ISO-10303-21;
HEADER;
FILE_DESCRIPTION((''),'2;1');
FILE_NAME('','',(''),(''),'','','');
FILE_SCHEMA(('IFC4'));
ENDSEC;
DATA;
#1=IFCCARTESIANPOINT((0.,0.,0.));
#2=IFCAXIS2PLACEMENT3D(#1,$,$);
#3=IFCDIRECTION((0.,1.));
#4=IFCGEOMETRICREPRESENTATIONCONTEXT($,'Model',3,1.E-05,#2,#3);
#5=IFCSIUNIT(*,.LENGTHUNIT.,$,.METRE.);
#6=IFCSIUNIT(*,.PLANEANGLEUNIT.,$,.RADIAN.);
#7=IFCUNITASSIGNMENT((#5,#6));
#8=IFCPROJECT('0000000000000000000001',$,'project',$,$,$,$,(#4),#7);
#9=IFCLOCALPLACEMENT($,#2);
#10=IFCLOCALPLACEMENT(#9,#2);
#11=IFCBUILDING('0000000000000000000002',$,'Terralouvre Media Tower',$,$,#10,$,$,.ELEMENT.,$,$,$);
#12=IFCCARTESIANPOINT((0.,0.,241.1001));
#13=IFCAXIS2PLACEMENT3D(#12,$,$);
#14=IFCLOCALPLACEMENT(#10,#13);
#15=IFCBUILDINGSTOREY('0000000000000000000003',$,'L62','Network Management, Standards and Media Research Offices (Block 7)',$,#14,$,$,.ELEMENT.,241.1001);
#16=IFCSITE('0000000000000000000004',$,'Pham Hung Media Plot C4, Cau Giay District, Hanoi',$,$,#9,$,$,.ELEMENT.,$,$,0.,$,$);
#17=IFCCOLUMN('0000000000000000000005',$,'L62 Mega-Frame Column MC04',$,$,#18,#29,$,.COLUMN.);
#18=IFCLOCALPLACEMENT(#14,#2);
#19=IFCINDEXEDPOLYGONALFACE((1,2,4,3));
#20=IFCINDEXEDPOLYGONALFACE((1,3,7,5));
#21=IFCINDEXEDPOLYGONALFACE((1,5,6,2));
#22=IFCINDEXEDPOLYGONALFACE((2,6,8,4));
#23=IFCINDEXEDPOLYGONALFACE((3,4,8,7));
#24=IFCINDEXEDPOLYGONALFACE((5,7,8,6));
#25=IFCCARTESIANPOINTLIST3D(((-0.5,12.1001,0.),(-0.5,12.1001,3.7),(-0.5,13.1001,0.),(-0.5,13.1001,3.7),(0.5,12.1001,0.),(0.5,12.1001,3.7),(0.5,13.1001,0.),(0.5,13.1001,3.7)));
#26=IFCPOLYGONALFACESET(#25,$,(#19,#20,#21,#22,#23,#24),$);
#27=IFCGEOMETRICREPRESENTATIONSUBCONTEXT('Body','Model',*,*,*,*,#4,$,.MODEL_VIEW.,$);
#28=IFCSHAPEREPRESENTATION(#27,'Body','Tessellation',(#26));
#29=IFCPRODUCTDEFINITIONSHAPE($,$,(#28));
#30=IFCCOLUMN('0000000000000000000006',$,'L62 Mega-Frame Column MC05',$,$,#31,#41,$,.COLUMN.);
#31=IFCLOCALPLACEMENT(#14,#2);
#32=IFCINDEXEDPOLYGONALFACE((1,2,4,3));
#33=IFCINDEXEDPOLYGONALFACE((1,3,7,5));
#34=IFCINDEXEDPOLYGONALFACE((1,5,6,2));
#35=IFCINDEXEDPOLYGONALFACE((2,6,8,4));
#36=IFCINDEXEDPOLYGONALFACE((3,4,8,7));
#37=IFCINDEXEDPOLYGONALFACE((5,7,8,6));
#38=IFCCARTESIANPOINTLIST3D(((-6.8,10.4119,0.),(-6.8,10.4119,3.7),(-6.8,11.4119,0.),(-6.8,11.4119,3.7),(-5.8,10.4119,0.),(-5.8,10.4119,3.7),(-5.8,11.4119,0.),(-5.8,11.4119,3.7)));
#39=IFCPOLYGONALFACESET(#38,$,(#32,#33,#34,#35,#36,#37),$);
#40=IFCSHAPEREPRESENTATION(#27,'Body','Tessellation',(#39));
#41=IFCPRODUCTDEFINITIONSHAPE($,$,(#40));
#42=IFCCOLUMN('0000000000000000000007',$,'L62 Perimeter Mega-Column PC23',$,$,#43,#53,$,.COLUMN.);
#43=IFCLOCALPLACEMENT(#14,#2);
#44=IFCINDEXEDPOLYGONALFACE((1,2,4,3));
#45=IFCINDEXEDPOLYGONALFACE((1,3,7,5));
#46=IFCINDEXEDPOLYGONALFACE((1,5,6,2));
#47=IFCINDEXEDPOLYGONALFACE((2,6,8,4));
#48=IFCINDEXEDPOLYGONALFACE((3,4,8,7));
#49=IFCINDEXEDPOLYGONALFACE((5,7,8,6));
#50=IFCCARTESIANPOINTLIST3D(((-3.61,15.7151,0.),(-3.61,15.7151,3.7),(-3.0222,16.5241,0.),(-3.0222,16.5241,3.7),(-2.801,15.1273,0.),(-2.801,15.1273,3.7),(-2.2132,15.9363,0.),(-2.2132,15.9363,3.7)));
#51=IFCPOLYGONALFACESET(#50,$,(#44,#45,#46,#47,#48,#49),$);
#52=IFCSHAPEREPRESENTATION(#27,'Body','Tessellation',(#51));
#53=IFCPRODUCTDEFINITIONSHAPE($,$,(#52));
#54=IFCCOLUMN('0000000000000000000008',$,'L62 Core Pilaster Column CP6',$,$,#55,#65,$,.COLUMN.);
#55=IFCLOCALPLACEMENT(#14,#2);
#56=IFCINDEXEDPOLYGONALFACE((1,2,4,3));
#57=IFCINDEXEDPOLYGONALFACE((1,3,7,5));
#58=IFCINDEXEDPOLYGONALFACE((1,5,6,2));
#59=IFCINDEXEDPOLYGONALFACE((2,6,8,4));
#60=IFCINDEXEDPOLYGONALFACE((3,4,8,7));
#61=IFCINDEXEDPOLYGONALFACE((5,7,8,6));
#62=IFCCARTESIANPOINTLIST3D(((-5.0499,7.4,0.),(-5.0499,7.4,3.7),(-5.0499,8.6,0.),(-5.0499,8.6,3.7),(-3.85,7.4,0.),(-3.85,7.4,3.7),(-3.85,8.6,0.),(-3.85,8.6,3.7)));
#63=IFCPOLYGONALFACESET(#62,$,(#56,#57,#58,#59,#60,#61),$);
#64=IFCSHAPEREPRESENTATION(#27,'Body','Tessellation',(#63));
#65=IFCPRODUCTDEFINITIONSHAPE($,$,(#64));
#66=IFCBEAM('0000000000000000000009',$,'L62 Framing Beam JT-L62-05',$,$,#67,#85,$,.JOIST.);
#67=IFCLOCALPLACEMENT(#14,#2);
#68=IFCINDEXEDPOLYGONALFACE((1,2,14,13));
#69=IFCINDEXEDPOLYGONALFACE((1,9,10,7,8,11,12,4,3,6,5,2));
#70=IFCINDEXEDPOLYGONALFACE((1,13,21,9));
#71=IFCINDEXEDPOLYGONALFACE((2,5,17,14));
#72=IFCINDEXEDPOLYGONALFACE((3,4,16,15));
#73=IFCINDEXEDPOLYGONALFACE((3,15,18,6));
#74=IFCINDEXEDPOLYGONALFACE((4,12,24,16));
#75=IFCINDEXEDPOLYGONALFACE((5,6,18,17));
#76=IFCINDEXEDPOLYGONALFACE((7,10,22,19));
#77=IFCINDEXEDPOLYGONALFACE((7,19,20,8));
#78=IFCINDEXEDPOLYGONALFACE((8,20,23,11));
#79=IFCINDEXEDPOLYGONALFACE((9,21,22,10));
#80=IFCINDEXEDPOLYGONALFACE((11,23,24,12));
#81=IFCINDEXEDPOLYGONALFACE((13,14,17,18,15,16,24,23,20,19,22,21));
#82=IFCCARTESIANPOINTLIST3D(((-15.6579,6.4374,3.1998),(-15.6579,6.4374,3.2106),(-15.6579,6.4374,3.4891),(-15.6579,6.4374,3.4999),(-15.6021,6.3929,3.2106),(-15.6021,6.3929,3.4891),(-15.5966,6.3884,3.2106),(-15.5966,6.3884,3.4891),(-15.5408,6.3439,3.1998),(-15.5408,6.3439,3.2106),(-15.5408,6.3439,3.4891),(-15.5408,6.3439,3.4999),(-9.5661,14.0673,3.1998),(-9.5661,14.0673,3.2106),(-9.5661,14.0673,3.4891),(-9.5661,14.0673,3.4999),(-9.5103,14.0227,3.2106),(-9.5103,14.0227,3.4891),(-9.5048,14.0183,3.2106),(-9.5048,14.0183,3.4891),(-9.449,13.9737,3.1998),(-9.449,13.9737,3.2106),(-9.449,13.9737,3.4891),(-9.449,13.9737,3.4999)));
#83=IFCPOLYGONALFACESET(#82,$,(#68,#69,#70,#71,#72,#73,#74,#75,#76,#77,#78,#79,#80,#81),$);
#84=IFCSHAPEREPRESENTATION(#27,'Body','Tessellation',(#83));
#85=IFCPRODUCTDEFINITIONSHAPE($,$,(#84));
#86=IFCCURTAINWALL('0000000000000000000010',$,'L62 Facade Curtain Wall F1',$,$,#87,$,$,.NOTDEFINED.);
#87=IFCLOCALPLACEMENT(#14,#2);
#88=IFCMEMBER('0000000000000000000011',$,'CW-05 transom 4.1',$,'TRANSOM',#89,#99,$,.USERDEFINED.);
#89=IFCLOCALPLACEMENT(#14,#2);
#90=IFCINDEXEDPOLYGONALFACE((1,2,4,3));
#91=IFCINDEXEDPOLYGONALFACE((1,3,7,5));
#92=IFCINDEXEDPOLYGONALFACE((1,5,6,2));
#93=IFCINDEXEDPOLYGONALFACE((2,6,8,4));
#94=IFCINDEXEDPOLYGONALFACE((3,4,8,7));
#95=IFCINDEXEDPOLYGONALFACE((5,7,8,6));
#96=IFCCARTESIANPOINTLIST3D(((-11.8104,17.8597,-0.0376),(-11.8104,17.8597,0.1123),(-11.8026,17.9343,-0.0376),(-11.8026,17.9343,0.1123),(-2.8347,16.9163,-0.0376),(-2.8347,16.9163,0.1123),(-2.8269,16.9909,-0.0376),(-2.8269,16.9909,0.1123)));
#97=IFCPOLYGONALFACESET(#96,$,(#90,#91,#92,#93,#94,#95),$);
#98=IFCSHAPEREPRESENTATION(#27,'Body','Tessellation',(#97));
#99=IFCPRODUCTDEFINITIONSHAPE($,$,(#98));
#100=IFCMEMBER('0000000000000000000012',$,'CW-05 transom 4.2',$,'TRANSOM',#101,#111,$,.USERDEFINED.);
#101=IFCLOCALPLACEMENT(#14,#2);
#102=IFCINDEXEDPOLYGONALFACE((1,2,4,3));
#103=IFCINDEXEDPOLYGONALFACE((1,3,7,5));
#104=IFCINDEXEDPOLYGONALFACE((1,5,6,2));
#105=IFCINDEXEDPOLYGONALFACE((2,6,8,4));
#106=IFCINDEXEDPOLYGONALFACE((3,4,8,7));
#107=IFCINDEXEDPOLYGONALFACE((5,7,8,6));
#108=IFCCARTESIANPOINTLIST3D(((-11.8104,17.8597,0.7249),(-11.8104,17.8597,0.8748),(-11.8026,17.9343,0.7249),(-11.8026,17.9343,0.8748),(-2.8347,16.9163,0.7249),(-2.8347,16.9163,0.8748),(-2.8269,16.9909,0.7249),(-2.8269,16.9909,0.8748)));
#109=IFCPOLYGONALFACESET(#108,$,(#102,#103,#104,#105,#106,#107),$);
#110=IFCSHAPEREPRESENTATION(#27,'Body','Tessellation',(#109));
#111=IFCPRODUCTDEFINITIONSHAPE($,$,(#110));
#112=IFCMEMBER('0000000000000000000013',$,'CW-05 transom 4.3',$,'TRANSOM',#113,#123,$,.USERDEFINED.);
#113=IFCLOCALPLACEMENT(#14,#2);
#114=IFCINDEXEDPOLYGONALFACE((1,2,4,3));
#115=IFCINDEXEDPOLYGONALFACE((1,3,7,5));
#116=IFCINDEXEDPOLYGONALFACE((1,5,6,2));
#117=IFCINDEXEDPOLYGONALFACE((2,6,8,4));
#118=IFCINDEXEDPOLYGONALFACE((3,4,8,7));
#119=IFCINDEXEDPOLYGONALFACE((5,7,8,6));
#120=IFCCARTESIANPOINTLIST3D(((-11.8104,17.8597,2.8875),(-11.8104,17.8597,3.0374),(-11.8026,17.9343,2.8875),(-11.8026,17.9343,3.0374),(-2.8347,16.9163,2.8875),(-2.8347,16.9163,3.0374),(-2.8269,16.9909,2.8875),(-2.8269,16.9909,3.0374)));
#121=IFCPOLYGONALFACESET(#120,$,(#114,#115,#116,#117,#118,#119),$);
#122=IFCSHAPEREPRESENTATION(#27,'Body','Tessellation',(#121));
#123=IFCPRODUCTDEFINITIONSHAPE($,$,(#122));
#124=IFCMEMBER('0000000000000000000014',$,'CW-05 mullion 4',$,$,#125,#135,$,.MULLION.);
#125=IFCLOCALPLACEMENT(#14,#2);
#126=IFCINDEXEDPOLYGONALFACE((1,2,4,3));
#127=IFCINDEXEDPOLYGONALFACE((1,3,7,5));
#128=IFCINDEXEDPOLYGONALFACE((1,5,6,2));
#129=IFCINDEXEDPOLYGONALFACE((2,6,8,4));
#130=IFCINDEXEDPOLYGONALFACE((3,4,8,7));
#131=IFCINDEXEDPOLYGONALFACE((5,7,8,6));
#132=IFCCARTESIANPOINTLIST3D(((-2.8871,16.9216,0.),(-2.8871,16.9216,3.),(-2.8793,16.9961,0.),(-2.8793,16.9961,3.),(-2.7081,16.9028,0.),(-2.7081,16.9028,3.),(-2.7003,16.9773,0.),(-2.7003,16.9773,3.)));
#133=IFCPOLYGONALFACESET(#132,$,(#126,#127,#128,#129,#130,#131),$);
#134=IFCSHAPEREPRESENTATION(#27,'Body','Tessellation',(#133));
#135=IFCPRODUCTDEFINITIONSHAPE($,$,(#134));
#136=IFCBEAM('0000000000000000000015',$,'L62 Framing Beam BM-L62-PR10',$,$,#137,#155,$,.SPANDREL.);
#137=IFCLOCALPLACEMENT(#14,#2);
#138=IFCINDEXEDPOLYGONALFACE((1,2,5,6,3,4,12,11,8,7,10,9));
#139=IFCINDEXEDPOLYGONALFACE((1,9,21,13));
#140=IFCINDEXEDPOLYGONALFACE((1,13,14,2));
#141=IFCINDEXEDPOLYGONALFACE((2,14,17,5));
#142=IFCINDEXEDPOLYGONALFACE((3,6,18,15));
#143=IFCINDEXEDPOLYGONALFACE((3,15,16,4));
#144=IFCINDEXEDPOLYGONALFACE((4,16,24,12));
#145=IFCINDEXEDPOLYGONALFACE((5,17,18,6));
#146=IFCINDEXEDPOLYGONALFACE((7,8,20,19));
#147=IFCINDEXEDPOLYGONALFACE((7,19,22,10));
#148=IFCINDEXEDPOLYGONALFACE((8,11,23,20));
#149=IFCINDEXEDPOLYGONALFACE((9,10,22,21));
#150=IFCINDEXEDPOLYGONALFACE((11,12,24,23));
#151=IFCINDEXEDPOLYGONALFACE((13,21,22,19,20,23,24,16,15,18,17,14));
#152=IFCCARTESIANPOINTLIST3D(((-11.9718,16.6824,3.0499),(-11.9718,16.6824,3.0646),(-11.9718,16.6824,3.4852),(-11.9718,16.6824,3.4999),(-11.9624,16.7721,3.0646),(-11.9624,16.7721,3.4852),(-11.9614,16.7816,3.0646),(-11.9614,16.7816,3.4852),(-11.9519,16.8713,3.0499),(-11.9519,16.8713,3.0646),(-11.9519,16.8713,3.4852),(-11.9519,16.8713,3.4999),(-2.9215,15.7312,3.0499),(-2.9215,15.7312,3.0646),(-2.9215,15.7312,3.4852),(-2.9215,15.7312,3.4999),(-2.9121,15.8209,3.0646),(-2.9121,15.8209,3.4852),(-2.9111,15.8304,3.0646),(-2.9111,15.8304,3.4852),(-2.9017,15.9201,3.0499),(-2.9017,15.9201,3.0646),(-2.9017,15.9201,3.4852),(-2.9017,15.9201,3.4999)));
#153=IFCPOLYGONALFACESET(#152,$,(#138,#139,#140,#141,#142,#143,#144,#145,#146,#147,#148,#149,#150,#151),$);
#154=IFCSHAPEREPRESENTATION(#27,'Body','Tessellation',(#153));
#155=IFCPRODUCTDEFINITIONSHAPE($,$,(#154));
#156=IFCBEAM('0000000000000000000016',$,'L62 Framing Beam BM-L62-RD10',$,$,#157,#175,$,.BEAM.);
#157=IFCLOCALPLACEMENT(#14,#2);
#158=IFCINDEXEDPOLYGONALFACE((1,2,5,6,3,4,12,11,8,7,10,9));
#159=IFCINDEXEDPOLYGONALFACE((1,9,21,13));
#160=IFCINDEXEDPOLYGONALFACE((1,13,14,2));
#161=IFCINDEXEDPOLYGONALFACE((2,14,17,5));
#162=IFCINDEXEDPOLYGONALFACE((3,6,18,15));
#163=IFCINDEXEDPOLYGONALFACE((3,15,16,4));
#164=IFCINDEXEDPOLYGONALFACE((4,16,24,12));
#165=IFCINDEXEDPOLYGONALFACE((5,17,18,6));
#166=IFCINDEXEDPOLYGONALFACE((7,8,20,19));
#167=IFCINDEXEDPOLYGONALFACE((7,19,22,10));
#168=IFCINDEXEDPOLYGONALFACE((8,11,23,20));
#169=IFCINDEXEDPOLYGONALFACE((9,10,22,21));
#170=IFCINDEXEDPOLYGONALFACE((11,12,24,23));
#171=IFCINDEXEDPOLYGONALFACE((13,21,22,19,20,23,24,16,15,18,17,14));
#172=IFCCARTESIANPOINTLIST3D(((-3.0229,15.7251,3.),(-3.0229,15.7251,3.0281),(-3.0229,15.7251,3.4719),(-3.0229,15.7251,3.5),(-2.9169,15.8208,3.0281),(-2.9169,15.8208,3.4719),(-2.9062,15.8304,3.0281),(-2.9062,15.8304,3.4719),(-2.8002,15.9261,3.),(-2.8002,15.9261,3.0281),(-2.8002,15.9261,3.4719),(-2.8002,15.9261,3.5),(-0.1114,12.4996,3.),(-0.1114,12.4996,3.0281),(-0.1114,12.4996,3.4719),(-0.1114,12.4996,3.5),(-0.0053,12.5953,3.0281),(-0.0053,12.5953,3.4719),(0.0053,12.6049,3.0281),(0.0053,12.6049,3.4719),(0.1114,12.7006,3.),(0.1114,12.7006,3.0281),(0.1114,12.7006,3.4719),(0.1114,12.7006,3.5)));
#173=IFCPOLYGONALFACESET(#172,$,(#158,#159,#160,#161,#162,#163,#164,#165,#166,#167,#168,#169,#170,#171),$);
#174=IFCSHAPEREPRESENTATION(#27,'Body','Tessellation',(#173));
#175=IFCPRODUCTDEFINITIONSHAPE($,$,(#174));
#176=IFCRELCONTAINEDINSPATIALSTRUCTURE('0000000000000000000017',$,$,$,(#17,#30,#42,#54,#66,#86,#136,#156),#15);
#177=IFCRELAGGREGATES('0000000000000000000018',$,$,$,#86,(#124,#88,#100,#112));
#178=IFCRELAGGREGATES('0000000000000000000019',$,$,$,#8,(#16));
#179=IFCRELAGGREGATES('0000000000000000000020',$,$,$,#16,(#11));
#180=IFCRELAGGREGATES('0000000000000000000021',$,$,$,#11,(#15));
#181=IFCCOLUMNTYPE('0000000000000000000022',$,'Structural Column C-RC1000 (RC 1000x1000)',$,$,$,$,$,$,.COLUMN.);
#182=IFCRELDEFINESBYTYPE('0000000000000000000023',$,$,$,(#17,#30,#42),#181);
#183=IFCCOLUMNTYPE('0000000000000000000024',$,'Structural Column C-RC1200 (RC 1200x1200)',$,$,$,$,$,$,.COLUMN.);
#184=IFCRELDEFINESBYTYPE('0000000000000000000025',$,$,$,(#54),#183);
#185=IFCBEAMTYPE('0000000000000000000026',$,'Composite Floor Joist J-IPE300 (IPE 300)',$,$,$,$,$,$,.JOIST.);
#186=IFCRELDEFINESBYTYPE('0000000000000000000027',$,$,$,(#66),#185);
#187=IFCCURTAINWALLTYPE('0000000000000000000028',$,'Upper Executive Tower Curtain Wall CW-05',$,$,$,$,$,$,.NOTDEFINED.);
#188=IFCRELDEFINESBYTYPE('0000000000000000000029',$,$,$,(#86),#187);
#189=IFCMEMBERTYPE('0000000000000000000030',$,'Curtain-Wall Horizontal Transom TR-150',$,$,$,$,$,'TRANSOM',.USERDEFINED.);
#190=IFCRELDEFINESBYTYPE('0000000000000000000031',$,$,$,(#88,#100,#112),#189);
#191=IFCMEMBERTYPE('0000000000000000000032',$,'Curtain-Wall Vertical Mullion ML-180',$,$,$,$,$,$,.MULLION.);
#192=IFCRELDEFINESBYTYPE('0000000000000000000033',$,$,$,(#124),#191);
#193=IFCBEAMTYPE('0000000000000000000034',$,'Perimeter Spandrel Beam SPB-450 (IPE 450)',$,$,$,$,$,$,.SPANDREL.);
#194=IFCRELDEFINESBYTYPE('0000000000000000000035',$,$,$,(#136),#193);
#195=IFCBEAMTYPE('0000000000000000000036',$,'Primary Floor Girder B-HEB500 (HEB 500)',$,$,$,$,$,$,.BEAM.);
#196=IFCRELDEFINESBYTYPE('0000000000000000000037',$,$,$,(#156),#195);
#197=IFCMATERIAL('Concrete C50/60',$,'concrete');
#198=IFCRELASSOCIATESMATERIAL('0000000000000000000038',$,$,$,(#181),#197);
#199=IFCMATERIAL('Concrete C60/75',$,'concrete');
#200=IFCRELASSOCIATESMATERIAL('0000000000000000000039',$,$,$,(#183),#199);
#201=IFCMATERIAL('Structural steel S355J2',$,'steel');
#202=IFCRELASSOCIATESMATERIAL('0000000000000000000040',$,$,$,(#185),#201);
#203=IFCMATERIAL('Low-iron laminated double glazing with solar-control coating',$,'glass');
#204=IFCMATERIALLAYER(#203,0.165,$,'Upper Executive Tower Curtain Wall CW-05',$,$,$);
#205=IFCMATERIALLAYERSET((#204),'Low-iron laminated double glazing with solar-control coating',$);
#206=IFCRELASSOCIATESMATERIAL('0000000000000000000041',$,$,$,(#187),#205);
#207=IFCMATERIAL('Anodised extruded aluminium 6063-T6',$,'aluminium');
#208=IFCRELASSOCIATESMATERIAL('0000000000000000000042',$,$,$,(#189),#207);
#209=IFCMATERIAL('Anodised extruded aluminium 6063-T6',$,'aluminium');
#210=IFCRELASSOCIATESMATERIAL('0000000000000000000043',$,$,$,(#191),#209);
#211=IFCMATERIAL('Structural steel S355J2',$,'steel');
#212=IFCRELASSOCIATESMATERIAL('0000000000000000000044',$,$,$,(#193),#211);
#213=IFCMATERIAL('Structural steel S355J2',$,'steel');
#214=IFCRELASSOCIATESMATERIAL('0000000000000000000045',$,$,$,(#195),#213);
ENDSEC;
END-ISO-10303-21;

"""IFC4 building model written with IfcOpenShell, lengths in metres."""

from ifc_helpers import new_model, si_unit, direction, frame, origin, origin_2d, place, context, subcontext, project, spatial, rectangle, i_section, extrude, material, layer, layer_set, material_profile, profile_set, type_object, element, aggregate, save


model = new_model("IFC4")

# Units and contexts
model_context = context("Model", 3, precision=1e-05, world=origin(), true_north=direction((0.0, 1.0)))
body_context = subcontext(model_context, "Body", "Model", "MODEL_VIEW")
ifc_project = project(units=[si_unit("LENGTHUNIT", "METRE"), si_unit("PLANEANGLEUNIT", "RADIAN")], contexts=[model_context])

# Site, building, storey
site_placement = place(None, origin())
site = spatial("IfcSite", under=ifc_project, at=site_placement, Name="Pham Hung Media Plot C4, Cau Giay District, Hanoi", CompositionType="ELEMENT", RefElevation=0.0)
building_placement = place(site_placement, origin())
building = spatial("IfcBuilding", under=site, at=building_placement, Name="Terralouvre Media Tower", CompositionType="ELEMENT")
storey_placement = place(building_placement, frame((0.0, 0.0, 241.1001)))
storey = spatial("IfcBuildingStorey", under=building, at=storey_placement, Name="L62", Description="Network Management, Standards and Media Research Offices (Block 7)", CompositionType="ELEMENT", Elevation=241.1001)

# Columns
ifc_material_1 = material(Name="Concrete C50/60", Category="concrete")
ifc_material_profile_1 = material_profile(ifc_material_1, rectangle(XDim=1.0, YDim=1.0, at=origin_2d()), Name="RC 1000x1000")
ifc_profile_set_1 = profile_set([ifc_material_profile_1], Name="Concrete C50/60")
column_type_1 = type_object("IfcColumnType", Name="Structural Column C-RC1000 (RC 1000x1000)", PredefinedType="COLUMN", material=ifc_profile_set_1)
for number, where, z_axis, x_axis, name in (
    (1, (0.0, 12.6001, 0.0), (0.0, 0.0, 1.0), (1.0, 0.0, 0.0), "L62 Mega-Frame Column MC04"),
    (2, (-6.3, 10.9119, 0.0), (0.0, 0.0, 1.0), (1.0, 0.0, 0.0), "L62 Mega-Frame Column MC05"),
    (3, (-2.9116, 15.8257, 0.0), (0.0, 0.0, 1.0), (0.587785, 0.809017, 0.0), "L62 Perimeter Mega-Column PC23"),
):
    element("IfcColumn", number, at=place(storey_placement, frame(where, z_axis=z_axis, x_axis=x_axis)), inside=storey, type_object=column_type_1, Name=name, PredefinedType="COLUMN", context=body_context, shape_type="SweptSolid", body=[
        extrude(rectangle(XDim=1.0, YDim=1.0, at=origin_2d()), origin(), (0.0, 0.0, 1.0), 3.7),
    ])
ifc_material_2 = material(Name="Concrete C60/75", Category="concrete")
ifc_material_profile_2 = material_profile(ifc_material_2, rectangle(XDim=1.2, YDim=1.2, at=origin_2d()), Name="RC 1200x1200")
ifc_profile_set_2 = profile_set([ifc_material_profile_2], Name="Concrete C60/75")
column_type_2 = type_object("IfcColumnType", Name="Structural Column C-RC1200 (RC 1200x1200)", PredefinedType="COLUMN", material=ifc_profile_set_2)
column_placement = place(storey_placement, frame((-4.45, 8.0, 0.0), z_axis=(0.0, 0.0, 1.0), x_axis=(1.0, 0.0, 0.0)))
element("IfcColumn", 4, at=column_placement, inside=storey, type_object=column_type_2, Name="L62 Core Pilaster Column CP6", PredefinedType="COLUMN", context=body_context, shape_type="SweptSolid", body=[
    extrude(rectangle(XDim=1.2, YDim=1.2, at=origin_2d()), origin(), (0.0, 0.0, 1.0), 3.7),
])

# Beam
ifc_material_3 = material(Name="Structural steel S355J2", Category="steel")
ifc_material_profile_3 = material_profile(ifc_material_3, i_section(OverallWidth=0.1499, OverallDepth=0.3, WebThickness=0.0071, FlangeThickness=0.0107, at=origin_2d()), Name="IPE 300")
ifc_profile_set_3 = profile_set([ifc_material_profile_3], Name="Structural steel S355J2")
beam_type_1 = type_object("IfcBeamType", Name="Composite Floor Joist J-IPE300 (IPE 300)", PredefinedType="JOIST", material=ifc_profile_set_3)
beam_1_placement = place(storey_placement, frame((-9.5076, 14.0205, 3.3499), z_axis=(-0.623938, -0.781473, 0.0), x_axis=(0.781473, -0.623938, 0.0)))
element("IfcBeam", 5, at=beam_1_placement, inside=storey, type_object=beam_type_1, Name="L62 Framing Beam JT-L62-05", PredefinedType="JOIST", context=body_context, shape_type="SweptSolid", body=[
    extrude(i_section(OverallWidth=0.1499, OverallDepth=0.3, WebThickness=0.0071, FlangeThickness=0.0107, at=origin_2d()), origin(), (0.0, 0.0, 1.0), 9.7634),
])

# Curtain wall, members
ifc_material_4 = material(Name="Low-iron laminated double glazing with solar-control coating", Category="glass")
ifc_layer_1 = layer(ifc_material_4, 0.165, Name="Upper Executive Tower Curtain Wall CW-05")
ifc_layer_set_1 = layer_set([ifc_layer_1], Name="Low-iron laminated double glazing with solar-control coating")
curtain_wall_type = type_object("IfcCurtainWallType", Name="Upper Executive Tower Curtain Wall CW-05", PredefinedType="NOTDEFINED", material=ifc_layer_set_1)
curtain_wall_placement = place(storey_placement, origin())
curtain_wall = element("IfcCurtainWall", 6, at=curtain_wall_placement, inside=storey, type_object=curtain_wall_type, Name="L62 Facade Curtain Wall F1", PredefinedType="NOTDEFINED")
ifc_material_5 = material(Name="Anodised extruded aluminium 6063-T6", Category="aluminium")
ifc_material_profile_4 = material_profile(ifc_material_5, rectangle(XDim=0.075, YDim=0.1499, at=origin_2d()), Name="ALU 75x150")
ifc_profile_set_4 = profile_set([ifc_material_profile_4], Name="Anodised extruded aluminium 6063-T6")
member_type_1 = type_object("IfcMemberType", Name="Curtain-Wall Horizontal Transom TR-150", ElementType="TRANSOM", PredefinedType="USERDEFINED", material=ifc_profile_set_4)
member_1_placement = place(storey_placement, frame((-2.8308, 16.9536, 0.0374), z_axis=(-0.994522, 0.104527, 0.0), x_axis=(-0.104527, -0.994522, 0.0)))
member_1 = element("IfcMember", 7, at=member_1_placement, type_object=member_type_1, Name="CW-05 transom 4.1", ObjectType="TRANSOM", PredefinedType="USERDEFINED", context=body_context, shape_type="SweptSolid", body=[
    extrude(rectangle(XDim=0.075, YDim=0.1499, at=origin_2d()), origin(), (0.0, 0.0, 1.0), 9.0251),
])
member_2_placement = place(storey_placement, frame((-2.8308, 16.9536, 0.7998), z_axis=(-0.994522, 0.104527, 0.0), x_axis=(-0.104527, -0.994522, 0.0)))
member_2 = element("IfcMember", 8, at=member_2_placement, type_object=member_type_1, Name="CW-05 transom 4.2", ObjectType="TRANSOM", PredefinedType="USERDEFINED", context=body_context, shape_type="SweptSolid", body=[
    extrude(rectangle(XDim=0.075, YDim=0.1499, at=origin_2d()), origin(), (0.0, 0.0, 1.0), 9.0251),
])
member_3_placement = place(storey_placement, frame((-2.8308, 16.9536, 2.9624), z_axis=(-0.994522, 0.104527, 0.0), x_axis=(-0.104527, -0.994522, 0.0)))
member_3 = element("IfcMember", 9, at=member_3_placement, type_object=member_type_1, Name="CW-05 transom 4.3", ObjectType="TRANSOM", PredefinedType="USERDEFINED", context=body_context, shape_type="SweptSolid", body=[
    extrude(rectangle(XDim=0.075, YDim=0.1499, at=origin_2d()), origin(), (0.0, 0.0, 1.0), 9.0251),
])
ifc_material_6 = material(Name="Anodised extruded aluminium 6063-T6", Category="aluminium")
ifc_material_profile_5 = material_profile(ifc_material_6, rectangle(XDim=0.075, YDim=0.1799, at=origin_2d()), Name="ALU 75x180")
ifc_profile_set_5 = profile_set([ifc_material_profile_5], Name="Anodised extruded aluminium 6063-T6")
member_type_2 = type_object("IfcMemberType", Name="Curtain-Wall Vertical Mullion ML-180", PredefinedType="MULLION", material=ifc_profile_set_5)
member_4_placement = place(storey_placement, frame((-2.7937, 16.9495, 0.0), z_axis=(0.0, 0.0, 1.0), x_axis=(-0.104529, -0.994522, 0.0)))
member_4 = element("IfcMember", 10, at=member_4_placement, type_object=member_type_2, Name="CW-05 mullion 4", PredefinedType="MULLION", context=body_context, shape_type="SweptSolid", body=[
    extrude(rectangle(XDim=0.075, YDim=0.1799, at=origin_2d()), origin(), (0.0, 0.0, 1.0), 3.0),
])

# Beams
ifc_material_7 = material(Name="Structural steel S355J2", Category="steel")
ifc_material_profile_6 = material_profile(ifc_material_7, i_section(OverallWidth=0.1899, OverallDepth=0.45, WebThickness=0.0095, FlangeThickness=0.0146, at=origin_2d()), Name="IPE 450")
ifc_profile_set_6 = profile_set([ifc_material_profile_6], Name="Structural steel S355J2")
beam_type_2 = type_object("IfcBeamType", Name="Perimeter Spandrel Beam SPB-450 (IPE 450)", PredefinedType="SPANDREL", material=ifc_profile_set_6)
beam_2_placement = place(storey_placement, frame((-2.9116, 15.8257, 3.2749), z_axis=(-0.994522, 0.104523, 0.0), x_axis=(-0.104523, -0.994522, 0.0)))
element("IfcBeam", 11, at=beam_2_placement, inside=storey, type_object=beam_type_2, Name="L62 Framing Beam BM-L62-PR10", PredefinedType="SPANDREL", context=body_context, shape_type="SweptSolid", body=[
    extrude(i_section(OverallWidth=0.1899, OverallDepth=0.45, WebThickness=0.0095, FlangeThickness=0.0146, at=origin_2d()), origin(), (0.0, 0.0, 1.0), 9.1001),
])
ifc_material_8 = material(Name="Structural steel S355J2", Category="steel")
ifc_material_profile_7 = material_profile(ifc_material_8, i_section(OverallWidth=0.3, OverallDepth=0.5, WebThickness=0.0144, FlangeThickness=0.0281, at=origin_2d()), Name="HEB 500")
ifc_profile_set_7 = profile_set([ifc_material_profile_7], Name="Structural steel S355J2")
beam_type_3 = type_object("IfcBeamType", Name="Primary Floor Girder B-HEB500 (HEB 500)", PredefinedType="BEAM", material=ifc_profile_set_7)
beam_3_placement = place(storey_placement, frame((0.0, 12.6001, 3.25), z_axis=(-0.670057, 0.74231, 0.0), x_axis=(-0.74231, -0.670057, 0.0)))
element("IfcBeam", 12, at=beam_3_placement, inside=storey, type_object=beam_type_3, Name="L62 Framing Beam BM-L62-RD10", PredefinedType="BEAM", context=body_context, shape_type="SweptSolid", body=[
    extrude(i_section(OverallWidth=0.3, OverallDepth=0.5, WebThickness=0.0144, FlangeThickness=0.0281, at=origin_2d()), origin(), (0.0, 0.0, 1.0), 4.3452),
])

aggregate(curtain_wall, [member_4, member_1, member_2, member_3])

save(model, "model.ifc")
